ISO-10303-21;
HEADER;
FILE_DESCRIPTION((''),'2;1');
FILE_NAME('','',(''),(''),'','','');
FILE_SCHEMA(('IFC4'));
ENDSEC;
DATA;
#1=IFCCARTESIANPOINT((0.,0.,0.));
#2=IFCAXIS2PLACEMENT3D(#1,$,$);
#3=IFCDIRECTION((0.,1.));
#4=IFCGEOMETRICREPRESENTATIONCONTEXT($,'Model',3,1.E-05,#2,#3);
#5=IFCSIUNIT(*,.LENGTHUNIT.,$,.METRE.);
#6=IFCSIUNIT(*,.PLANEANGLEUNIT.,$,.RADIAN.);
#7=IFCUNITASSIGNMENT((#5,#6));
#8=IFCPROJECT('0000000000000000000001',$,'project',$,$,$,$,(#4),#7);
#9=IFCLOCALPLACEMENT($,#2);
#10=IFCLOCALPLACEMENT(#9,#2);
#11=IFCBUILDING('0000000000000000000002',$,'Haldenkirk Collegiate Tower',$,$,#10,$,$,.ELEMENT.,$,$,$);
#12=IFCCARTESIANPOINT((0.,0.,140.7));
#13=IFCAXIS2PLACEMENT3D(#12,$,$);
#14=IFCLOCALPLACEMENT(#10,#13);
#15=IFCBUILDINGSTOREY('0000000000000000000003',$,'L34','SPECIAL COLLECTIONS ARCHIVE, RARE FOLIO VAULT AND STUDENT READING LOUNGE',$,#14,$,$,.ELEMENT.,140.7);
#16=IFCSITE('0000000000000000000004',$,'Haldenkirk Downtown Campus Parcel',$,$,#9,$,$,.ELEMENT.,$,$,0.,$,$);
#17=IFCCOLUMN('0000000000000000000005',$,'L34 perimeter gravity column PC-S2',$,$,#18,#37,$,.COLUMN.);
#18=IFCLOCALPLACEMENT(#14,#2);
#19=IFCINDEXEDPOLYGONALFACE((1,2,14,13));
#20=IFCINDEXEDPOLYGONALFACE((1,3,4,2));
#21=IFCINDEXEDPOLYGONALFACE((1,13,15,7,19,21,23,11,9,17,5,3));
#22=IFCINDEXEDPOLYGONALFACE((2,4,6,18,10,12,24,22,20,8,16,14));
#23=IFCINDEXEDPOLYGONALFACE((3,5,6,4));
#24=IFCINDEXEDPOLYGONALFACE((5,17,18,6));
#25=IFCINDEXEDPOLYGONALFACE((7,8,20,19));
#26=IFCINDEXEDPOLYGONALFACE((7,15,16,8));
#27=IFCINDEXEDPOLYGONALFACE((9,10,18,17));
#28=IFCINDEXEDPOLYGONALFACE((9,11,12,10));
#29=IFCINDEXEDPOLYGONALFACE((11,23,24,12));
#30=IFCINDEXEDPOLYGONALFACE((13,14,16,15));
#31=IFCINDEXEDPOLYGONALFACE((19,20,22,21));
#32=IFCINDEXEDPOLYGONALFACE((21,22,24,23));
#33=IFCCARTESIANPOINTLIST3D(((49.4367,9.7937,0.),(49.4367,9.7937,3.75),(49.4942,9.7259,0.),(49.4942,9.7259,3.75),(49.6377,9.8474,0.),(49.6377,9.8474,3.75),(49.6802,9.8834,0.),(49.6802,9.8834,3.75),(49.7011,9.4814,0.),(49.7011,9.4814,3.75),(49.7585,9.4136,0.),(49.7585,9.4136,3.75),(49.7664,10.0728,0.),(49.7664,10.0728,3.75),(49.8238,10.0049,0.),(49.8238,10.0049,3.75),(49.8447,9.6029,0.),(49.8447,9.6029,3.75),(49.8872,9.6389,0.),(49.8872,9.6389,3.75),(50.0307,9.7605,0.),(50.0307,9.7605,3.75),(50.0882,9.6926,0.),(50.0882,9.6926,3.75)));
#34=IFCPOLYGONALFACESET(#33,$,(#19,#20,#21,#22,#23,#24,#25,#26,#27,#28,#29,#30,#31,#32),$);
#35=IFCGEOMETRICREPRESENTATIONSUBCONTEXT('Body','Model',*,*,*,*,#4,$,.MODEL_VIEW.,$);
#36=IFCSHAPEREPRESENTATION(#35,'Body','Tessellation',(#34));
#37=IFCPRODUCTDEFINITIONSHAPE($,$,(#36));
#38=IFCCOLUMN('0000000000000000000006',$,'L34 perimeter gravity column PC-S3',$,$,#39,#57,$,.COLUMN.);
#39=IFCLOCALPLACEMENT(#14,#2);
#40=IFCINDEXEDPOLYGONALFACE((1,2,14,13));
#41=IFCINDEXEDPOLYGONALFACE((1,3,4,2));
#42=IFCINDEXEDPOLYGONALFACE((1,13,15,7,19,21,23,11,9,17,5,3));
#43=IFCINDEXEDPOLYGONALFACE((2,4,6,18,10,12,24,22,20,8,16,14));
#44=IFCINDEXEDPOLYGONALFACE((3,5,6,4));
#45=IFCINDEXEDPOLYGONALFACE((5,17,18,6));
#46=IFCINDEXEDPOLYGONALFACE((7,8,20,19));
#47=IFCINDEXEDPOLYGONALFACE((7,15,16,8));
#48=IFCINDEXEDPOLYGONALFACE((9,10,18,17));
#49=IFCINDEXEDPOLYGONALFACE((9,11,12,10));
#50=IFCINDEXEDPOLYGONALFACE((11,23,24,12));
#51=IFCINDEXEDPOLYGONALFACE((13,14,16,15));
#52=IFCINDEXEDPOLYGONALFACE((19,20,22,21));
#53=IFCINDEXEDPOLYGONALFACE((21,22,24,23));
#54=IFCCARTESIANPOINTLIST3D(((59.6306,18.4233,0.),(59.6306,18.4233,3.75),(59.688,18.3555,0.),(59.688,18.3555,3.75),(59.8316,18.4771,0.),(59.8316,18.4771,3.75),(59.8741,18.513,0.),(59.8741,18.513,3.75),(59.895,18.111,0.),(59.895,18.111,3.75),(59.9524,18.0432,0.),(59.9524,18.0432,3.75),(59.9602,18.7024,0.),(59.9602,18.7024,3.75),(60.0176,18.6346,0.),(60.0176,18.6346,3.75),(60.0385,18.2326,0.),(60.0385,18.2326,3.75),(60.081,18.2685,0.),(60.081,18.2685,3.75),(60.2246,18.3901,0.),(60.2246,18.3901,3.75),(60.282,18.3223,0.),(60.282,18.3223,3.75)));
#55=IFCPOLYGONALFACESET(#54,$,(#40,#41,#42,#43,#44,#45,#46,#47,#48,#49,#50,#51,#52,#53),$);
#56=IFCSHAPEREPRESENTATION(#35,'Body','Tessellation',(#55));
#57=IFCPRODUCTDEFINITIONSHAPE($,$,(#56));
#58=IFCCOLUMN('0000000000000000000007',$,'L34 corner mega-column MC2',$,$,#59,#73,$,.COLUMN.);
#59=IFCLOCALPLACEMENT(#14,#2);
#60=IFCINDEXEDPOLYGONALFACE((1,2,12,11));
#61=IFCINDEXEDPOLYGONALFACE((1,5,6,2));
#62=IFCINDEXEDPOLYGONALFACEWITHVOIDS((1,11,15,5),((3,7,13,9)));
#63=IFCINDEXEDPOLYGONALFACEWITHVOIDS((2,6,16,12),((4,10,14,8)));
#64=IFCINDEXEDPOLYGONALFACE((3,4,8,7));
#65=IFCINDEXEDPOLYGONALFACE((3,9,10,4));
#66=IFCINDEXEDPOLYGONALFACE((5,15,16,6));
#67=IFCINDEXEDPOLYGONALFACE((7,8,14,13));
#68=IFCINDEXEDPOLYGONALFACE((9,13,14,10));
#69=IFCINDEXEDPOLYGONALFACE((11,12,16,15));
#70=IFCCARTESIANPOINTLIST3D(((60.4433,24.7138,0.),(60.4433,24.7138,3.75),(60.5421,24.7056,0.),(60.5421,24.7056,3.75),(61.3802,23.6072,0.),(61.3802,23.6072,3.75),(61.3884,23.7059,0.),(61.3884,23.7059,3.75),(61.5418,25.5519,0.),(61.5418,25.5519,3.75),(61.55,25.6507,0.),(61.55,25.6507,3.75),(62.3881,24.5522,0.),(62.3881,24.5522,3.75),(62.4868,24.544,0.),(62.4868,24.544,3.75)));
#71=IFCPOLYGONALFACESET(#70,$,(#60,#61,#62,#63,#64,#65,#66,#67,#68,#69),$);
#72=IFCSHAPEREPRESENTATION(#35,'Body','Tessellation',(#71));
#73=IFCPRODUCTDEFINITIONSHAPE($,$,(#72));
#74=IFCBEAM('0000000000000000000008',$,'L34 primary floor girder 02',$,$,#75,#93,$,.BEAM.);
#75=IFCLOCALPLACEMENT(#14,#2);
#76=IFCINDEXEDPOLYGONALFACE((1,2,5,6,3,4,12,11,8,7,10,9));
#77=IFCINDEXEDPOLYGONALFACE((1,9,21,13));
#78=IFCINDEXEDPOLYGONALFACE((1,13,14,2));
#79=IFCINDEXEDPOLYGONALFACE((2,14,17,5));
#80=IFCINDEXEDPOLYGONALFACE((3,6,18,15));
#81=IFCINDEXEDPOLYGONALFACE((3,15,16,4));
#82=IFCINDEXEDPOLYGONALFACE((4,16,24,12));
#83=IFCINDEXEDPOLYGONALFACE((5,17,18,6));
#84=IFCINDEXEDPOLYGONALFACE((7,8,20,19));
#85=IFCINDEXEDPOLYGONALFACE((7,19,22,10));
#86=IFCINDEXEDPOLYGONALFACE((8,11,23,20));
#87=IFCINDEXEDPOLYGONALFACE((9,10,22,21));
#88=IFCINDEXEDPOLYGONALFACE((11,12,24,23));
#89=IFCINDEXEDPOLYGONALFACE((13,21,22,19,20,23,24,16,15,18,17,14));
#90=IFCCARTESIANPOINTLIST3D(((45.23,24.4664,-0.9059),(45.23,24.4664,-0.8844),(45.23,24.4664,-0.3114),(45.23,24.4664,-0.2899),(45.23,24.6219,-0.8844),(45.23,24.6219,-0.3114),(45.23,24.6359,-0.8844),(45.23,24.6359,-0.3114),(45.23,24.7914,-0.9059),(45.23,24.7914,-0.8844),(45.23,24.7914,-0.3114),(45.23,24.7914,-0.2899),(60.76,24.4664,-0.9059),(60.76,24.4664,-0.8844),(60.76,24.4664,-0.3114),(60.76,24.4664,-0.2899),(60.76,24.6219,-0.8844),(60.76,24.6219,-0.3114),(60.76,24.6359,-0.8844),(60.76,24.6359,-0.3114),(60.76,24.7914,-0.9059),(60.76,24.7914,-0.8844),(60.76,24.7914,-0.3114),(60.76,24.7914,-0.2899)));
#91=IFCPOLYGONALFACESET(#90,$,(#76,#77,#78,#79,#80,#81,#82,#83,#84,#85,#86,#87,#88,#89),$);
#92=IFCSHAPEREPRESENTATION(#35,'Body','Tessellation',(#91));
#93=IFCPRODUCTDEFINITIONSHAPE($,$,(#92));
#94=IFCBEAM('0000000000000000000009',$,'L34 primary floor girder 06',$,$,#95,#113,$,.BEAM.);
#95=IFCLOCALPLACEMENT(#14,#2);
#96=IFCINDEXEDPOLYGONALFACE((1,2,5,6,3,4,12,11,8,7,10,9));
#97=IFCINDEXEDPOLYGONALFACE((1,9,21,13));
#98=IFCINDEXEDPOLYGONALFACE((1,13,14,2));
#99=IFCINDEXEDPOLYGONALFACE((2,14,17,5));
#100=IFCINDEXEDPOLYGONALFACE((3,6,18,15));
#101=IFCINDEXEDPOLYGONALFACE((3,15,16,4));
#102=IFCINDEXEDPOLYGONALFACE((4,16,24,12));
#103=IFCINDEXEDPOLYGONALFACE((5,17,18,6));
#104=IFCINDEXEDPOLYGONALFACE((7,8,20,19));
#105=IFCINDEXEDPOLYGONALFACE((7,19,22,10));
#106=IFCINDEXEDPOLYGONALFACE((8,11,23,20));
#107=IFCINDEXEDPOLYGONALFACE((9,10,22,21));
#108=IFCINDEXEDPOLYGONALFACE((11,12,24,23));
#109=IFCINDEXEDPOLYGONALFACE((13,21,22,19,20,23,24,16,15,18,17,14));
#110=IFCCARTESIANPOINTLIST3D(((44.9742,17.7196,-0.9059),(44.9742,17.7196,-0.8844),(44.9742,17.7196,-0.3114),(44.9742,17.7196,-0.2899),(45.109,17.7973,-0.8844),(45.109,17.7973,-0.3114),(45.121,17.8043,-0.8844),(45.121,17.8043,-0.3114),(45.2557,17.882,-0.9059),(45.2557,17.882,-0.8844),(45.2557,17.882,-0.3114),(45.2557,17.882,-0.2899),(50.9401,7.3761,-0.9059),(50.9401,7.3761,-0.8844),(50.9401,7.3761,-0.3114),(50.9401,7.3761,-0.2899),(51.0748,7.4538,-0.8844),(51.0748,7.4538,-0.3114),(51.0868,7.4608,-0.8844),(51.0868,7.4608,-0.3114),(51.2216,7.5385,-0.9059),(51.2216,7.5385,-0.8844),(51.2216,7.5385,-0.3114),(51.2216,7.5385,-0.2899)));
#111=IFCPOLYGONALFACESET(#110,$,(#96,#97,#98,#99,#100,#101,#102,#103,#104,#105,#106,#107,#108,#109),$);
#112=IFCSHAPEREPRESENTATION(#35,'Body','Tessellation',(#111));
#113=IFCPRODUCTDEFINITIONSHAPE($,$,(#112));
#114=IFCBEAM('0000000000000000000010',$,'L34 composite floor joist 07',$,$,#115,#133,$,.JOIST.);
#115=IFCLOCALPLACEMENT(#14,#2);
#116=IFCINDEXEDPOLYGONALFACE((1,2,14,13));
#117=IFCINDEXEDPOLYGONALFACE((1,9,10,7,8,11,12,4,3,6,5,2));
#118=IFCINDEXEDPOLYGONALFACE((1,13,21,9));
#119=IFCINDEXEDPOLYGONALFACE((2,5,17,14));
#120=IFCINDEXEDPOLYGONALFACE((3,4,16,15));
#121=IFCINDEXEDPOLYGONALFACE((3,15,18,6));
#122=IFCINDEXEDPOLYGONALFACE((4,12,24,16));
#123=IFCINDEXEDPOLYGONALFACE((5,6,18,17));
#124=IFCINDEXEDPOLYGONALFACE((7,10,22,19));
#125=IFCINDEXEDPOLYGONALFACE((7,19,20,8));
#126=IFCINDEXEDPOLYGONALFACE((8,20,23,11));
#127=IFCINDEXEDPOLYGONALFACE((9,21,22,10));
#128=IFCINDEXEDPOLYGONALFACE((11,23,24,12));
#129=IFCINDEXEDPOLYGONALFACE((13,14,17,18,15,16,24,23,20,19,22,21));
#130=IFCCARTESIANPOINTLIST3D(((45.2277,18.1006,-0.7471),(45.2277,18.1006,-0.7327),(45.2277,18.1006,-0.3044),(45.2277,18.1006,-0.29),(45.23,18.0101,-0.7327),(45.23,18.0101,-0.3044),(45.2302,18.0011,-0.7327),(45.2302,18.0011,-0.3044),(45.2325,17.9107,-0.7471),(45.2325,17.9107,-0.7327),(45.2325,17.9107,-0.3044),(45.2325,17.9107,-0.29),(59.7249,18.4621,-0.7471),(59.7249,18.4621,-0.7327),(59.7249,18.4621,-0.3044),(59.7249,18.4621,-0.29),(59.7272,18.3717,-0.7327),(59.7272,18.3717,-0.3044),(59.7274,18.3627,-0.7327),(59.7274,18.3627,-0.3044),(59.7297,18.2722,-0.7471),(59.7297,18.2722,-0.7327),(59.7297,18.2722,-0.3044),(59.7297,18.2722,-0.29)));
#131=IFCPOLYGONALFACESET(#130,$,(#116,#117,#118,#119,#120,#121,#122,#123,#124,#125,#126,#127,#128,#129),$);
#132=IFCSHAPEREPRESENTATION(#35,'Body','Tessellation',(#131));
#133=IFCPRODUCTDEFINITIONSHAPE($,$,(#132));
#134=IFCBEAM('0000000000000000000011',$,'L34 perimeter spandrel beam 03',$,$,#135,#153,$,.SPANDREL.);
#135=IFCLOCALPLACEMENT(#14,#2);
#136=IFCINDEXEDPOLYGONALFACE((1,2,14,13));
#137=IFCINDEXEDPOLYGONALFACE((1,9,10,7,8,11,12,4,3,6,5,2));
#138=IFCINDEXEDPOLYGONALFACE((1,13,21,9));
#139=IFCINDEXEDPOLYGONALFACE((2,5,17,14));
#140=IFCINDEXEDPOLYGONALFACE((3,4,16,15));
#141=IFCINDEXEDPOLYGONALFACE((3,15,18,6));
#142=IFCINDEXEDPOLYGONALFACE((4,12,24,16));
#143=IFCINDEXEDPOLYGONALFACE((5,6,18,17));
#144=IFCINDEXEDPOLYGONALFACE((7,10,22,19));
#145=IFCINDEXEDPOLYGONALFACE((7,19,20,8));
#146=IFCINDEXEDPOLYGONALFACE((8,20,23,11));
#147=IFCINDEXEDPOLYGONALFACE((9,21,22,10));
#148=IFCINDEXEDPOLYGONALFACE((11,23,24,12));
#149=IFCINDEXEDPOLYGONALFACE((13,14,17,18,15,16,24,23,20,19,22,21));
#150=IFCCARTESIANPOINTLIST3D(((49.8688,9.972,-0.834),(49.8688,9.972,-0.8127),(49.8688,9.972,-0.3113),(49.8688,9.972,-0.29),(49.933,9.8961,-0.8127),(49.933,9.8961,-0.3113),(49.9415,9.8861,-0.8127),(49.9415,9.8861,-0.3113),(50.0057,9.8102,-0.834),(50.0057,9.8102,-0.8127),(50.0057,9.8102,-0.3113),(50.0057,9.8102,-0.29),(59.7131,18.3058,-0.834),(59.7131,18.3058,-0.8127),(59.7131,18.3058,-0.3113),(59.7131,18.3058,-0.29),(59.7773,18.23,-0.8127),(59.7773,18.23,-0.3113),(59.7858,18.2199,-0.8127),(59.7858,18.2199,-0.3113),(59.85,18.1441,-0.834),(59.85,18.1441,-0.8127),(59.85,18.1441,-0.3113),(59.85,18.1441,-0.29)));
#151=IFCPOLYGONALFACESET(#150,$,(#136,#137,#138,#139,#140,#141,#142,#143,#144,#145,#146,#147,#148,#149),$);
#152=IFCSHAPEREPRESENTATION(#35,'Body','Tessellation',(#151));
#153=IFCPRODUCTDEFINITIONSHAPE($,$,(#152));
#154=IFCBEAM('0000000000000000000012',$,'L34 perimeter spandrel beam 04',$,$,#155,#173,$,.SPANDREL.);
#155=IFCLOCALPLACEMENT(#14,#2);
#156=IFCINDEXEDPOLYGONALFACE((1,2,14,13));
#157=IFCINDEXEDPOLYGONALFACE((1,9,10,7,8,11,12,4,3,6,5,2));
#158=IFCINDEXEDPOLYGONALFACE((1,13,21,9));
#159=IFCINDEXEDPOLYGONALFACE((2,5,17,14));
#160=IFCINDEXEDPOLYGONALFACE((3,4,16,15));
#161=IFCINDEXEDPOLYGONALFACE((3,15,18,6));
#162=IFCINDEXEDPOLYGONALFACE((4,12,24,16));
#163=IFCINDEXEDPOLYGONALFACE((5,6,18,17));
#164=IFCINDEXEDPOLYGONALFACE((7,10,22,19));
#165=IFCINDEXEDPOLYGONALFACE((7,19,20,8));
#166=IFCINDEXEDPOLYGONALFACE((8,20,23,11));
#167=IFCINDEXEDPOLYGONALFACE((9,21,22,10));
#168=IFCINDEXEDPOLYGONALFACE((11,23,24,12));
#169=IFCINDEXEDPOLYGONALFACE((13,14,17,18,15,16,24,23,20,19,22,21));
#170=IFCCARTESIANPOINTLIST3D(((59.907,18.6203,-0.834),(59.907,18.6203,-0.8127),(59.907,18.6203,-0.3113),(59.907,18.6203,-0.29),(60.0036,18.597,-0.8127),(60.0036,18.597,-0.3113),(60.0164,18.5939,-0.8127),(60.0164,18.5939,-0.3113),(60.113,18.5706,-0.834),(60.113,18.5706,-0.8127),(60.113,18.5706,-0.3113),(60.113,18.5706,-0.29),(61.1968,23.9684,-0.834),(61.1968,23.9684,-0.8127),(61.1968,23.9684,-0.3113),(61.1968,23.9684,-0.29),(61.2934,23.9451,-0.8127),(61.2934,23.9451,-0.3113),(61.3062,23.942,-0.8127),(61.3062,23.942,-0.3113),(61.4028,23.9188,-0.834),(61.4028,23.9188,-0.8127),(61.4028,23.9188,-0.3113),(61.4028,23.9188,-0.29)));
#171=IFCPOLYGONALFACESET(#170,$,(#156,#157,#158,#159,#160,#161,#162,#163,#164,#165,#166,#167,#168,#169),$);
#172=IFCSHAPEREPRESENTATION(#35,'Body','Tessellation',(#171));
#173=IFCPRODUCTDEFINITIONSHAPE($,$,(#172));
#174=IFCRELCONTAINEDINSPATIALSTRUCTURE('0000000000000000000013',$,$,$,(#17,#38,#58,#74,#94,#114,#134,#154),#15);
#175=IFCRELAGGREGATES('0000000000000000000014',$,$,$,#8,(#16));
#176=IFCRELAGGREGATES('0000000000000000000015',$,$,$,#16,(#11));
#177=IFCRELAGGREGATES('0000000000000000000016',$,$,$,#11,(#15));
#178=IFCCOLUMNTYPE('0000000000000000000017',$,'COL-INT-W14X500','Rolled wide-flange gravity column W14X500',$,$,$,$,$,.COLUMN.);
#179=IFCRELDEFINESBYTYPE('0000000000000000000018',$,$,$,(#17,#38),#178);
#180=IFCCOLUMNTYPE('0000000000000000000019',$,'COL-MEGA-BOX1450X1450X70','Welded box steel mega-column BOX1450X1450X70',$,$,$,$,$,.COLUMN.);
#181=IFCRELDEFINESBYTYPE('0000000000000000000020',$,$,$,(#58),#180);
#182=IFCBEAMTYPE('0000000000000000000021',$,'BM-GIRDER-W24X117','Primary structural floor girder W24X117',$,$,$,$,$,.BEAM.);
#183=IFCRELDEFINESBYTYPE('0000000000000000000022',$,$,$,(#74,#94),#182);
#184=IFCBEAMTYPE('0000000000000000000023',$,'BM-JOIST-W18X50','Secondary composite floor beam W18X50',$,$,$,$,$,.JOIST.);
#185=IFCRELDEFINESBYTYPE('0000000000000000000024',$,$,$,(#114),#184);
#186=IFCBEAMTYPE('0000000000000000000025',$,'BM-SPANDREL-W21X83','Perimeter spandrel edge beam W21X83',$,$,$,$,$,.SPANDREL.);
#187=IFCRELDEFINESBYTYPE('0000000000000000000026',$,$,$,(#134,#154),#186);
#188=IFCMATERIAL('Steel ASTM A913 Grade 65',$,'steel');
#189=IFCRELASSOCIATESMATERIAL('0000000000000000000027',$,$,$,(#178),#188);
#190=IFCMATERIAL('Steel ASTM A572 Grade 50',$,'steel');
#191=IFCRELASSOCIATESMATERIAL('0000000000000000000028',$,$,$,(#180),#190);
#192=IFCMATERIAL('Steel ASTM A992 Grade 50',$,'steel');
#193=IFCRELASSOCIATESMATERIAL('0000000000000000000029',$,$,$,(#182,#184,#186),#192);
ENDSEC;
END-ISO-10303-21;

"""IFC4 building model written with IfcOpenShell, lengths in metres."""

from ifc_helpers import new_model, si_unit, direction, frame, origin, origin_2d, place, context, subcontext, project, spatial, hollow_rectangle, i_section, extrude, material, material_profile, profile_set, type_object, element, save


model = new_model("IFC4")

# Units and contexts
model_context = context("Model", 3, precision=1e-05, world=origin(), true_north=direction((0.0, 1.0)))
body_context = subcontext(model_context, "Body", "Model", "MODEL_VIEW")
ifc_project = project(units=[si_unit("LENGTHUNIT", "METRE"), si_unit("PLANEANGLEUNIT", "RADIAN")], contexts=[model_context])

# Site, building, storey
site_placement = place(None, origin())
site = spatial("IfcSite", under=ifc_project, at=site_placement, Name="Haldenkirk Downtown Campus Parcel", CompositionType="ELEMENT", RefElevation=0.0)
building_placement = place(site_placement, origin())
building = spatial("IfcBuilding", under=site, at=building_placement, Name="Haldenkirk Collegiate Tower", CompositionType="ELEMENT")
storey_placement = place(building_placement, frame((0.0, 0.0, 140.7)))
storey = spatial("IfcBuildingStorey", under=building, at=storey_placement, Name="L34", Description="SPECIAL COLLECTIONS ARCHIVE, RARE FOLIO VAULT AND STUDENT READING LOUNGE", CompositionType="ELEMENT", Elevation=140.7)

# Columns
ifc_material_1 = material(Name="Steel ASTM A913 Grade 65", Category="steel")
ifc_material_profile_1 = material_profile(ifc_material_1, i_section(OverallWidth=0.4319, OverallDepth=0.498, WebThickness=0.0557, FlangeThickness=0.0889, at=origin_2d()), Name="W14X500")
ifc_profile_set_1 = profile_set([ifc_material_profile_1], Name="Steel ASTM A913 Grade 65")
column_type_1 = type_object("IfcColumnType", Name="COL-INT-W14X500", Description="Rolled wide-flange gravity column W14X500", PredefinedType="COLUMN", material=ifc_profile_set_1)
for number, where, z_axis, x_axis, name in (
    (1, (49.7625, 9.7432, 0.0), (0.0, 0.0, 1.0), (0.763232, 0.646124, 0.0), "L34 perimeter gravity column PC-S2"),
    (2, (59.9563, 18.3728, 0.0), (0.0, 0.0, 1.0), (0.763232, 0.646124, 0.0), "L34 perimeter gravity column PC-S3"),
):
    element("IfcColumn", number, at=place(storey_placement, frame(where, z_axis=z_axis, x_axis=x_axis)), inside=storey, type_object=column_type_1, Name=name, PredefinedType="COLUMN", context=body_context, shape_type="SweptSolid", body=[
        extrude(i_section(OverallWidth=0.4319, OverallDepth=0.498, WebThickness=0.0557, FlangeThickness=0.0889, at=origin_2d()), origin(), (0.0, 0.0, 1.0), 3.75),
    ])
ifc_material_2 = material(Name="Steel ASTM A572 Grade 50", Category="steel")
ifc_material_profile_2 = material_profile(ifc_material_2, hollow_rectangle(XDim=1.45, YDim=1.45, WallThickness=0.0701, at=origin_2d()), Name="BOX1450X1450X70")
ifc_profile_set_2 = profile_set([ifc_material_profile_2], Name="Steel ASTM A572 Grade 50")
column_type_2 = type_object("IfcColumnType", Name="COL-MEGA-BOX1450X1450X70", Description="Welded box steel mega-column BOX1450X1450X70", PredefinedType="COLUMN", material=ifc_profile_set_2)
column_placement = place(storey_placement, frame((61.4651, 24.6289, 0.0), z_axis=(0.0, 0.0, 1.0), x_axis=(0.763232, 0.646124, 0.0)))
element("IfcColumn", 3, at=column_placement, inside=storey, type_object=column_type_2, Name="L34 corner mega-column MC2", PredefinedType="COLUMN", context=body_context, shape_type="SweptSolid", body=[
    extrude(hollow_rectangle(XDim=1.45, YDim=1.45, WallThickness=0.0701, at=origin_2d()), origin(), (0.0, 0.0, 1.0), 3.75),
])

# Beams
ifc_material_3 = material(Name="Steel ASTM A992 Grade 50", Category="steel")
ifc_material_profile_3 = material_profile(ifc_material_3, i_section(OverallWidth=0.325, OverallDepth=0.616, WebThickness=0.0139, FlangeThickness=0.0215, at=origin_2d()), Name="W24X117")
ifc_profile_set_3 = profile_set([ifc_material_profile_3], Name="Steel ASTM A992 Grade 50")
beam_type_1 = type_object("IfcBeamType", Name="BM-GIRDER-W24X117", Description="Primary structural floor girder W24X117", PredefinedType="BEAM", material=ifc_profile_set_3)
beam_1_placement = place(storey_placement, frame((60.76, 24.6289, -0.5979), z_axis=(-1.0, 0.0, 0.0), x_axis=(0.0, -1.0, 0.0)))
element("IfcBeam", 4, at=beam_1_placement, inside=storey, type_object=beam_type_1, Name="L34 primary floor girder 02", PredefinedType="BEAM", context=body_context, shape_type="SweptSolid", body=[
    extrude(i_section(OverallWidth=0.325, OverallDepth=0.616, WebThickness=0.0139, FlangeThickness=0.0215, at=origin_2d()), origin(), (0.0, 0.0, 1.0), 15.53),
])
beam_2_placement = place(storey_placement, frame((51.0808, 7.4573, -0.5979), z_axis=(-0.499623, 0.866243, 0.0), x_axis=(-0.866243, -0.499623, 0.0)))
element("IfcBeam", 5, at=beam_2_placement, inside=storey, type_object=beam_type_1, Name="L34 primary floor girder 06", PredefinedType="BEAM", context=body_context, shape_type="SweptSolid", body=[
    extrude(i_section(OverallWidth=0.325, OverallDepth=0.616, WebThickness=0.0139, FlangeThickness=0.0215, at=origin_2d()), origin(), (0.0, 0.0, 1.0), 11.9407),
])
ifc_material_profile_4 = material_profile(ifc_material_3, i_section(OverallWidth=0.1899, OverallDepth=0.457, WebThickness=0.009, FlangeThickness=0.0144, at=origin_2d()), Name="W18X50")
ifc_profile_set_4 = profile_set([ifc_material_profile_4], Name="Steel ASTM A992 Grade 50")
beam_type_2 = type_object("IfcBeamType", Name="BM-JOIST-W18X50", Description="Secondary composite floor beam W18X50", PredefinedType="JOIST", material=ifc_profile_set_4)
beam_3_placement = place(storey_placement, frame((59.7273, 18.3672, -0.5186), z_axis=(-0.999689, -0.024933, 0.0), x_axis=(0.024933, -0.999689, 0.0)))
element("IfcBeam", 6, at=beam_3_placement, inside=storey, type_object=beam_type_2, Name="L34 composite floor joist 07", PredefinedType="JOIST", context=body_context, shape_type="SweptSolid", body=[
    extrude(i_section(OverallWidth=0.1899, OverallDepth=0.457, WebThickness=0.009, FlangeThickness=0.0144, at=origin_2d()), origin(), (0.0, 0.0, 1.0), 14.5017),
])
ifc_material_profile_5 = material_profile(ifc_material_3, i_section(OverallWidth=0.2119, OverallDepth=0.5439, WebThickness=0.0132, FlangeThickness=0.0212, at=origin_2d()), Name="W21X83")
ifc_profile_set_5 = profile_set([ifc_material_profile_5], Name="Steel ASTM A992 Grade 50")
beam_type_3 = type_object("IfcBeamType", Name="BM-SPANDREL-W21X83", Description="Perimeter spandrel edge beam W21X83", PredefinedType="SPANDREL", material=ifc_profile_set_5)
beam_4_placement = place(storey_placement, frame((49.9373, 9.8911, -0.562), z_axis=(0.763233, 0.646123, 0.0), x_axis=(-0.646123, 0.763233, 0.0)))
element("IfcBeam", 7, at=beam_4_placement, inside=storey, type_object=beam_type_3, Name="L34 perimeter spandrel beam 03", PredefinedType="SPANDREL", context=body_context, shape_type="SweptSolid", body=[
    extrude(i_section(OverallWidth=0.2119, OverallDepth=0.5439, WebThickness=0.0132, FlangeThickness=0.0212, at=origin_2d()), origin(), (0.0, 0.0, 1.0), 12.8982),
])
beam_5_placement = place(storey_placement, frame((60.01, 18.5955, -0.562), z_axis=(0.234445, 0.972129, 0.0), x_axis=(-0.972129, 0.234445, 0.0)))
element("IfcBeam", 8, at=beam_5_placement, inside=storey, type_object=beam_type_3, Name="L34 perimeter spandrel beam 04", PredefinedType="SPANDREL", context=body_context, shape_type="SweptSolid", body=[
    extrude(i_section(OverallWidth=0.2119, OverallDepth=0.5439, WebThickness=0.0132, FlangeThickness=0.0212, at=origin_2d()), origin(), (0.0, 0.0, 1.0), 5.5015),
])

save(model, "model.ifc")
